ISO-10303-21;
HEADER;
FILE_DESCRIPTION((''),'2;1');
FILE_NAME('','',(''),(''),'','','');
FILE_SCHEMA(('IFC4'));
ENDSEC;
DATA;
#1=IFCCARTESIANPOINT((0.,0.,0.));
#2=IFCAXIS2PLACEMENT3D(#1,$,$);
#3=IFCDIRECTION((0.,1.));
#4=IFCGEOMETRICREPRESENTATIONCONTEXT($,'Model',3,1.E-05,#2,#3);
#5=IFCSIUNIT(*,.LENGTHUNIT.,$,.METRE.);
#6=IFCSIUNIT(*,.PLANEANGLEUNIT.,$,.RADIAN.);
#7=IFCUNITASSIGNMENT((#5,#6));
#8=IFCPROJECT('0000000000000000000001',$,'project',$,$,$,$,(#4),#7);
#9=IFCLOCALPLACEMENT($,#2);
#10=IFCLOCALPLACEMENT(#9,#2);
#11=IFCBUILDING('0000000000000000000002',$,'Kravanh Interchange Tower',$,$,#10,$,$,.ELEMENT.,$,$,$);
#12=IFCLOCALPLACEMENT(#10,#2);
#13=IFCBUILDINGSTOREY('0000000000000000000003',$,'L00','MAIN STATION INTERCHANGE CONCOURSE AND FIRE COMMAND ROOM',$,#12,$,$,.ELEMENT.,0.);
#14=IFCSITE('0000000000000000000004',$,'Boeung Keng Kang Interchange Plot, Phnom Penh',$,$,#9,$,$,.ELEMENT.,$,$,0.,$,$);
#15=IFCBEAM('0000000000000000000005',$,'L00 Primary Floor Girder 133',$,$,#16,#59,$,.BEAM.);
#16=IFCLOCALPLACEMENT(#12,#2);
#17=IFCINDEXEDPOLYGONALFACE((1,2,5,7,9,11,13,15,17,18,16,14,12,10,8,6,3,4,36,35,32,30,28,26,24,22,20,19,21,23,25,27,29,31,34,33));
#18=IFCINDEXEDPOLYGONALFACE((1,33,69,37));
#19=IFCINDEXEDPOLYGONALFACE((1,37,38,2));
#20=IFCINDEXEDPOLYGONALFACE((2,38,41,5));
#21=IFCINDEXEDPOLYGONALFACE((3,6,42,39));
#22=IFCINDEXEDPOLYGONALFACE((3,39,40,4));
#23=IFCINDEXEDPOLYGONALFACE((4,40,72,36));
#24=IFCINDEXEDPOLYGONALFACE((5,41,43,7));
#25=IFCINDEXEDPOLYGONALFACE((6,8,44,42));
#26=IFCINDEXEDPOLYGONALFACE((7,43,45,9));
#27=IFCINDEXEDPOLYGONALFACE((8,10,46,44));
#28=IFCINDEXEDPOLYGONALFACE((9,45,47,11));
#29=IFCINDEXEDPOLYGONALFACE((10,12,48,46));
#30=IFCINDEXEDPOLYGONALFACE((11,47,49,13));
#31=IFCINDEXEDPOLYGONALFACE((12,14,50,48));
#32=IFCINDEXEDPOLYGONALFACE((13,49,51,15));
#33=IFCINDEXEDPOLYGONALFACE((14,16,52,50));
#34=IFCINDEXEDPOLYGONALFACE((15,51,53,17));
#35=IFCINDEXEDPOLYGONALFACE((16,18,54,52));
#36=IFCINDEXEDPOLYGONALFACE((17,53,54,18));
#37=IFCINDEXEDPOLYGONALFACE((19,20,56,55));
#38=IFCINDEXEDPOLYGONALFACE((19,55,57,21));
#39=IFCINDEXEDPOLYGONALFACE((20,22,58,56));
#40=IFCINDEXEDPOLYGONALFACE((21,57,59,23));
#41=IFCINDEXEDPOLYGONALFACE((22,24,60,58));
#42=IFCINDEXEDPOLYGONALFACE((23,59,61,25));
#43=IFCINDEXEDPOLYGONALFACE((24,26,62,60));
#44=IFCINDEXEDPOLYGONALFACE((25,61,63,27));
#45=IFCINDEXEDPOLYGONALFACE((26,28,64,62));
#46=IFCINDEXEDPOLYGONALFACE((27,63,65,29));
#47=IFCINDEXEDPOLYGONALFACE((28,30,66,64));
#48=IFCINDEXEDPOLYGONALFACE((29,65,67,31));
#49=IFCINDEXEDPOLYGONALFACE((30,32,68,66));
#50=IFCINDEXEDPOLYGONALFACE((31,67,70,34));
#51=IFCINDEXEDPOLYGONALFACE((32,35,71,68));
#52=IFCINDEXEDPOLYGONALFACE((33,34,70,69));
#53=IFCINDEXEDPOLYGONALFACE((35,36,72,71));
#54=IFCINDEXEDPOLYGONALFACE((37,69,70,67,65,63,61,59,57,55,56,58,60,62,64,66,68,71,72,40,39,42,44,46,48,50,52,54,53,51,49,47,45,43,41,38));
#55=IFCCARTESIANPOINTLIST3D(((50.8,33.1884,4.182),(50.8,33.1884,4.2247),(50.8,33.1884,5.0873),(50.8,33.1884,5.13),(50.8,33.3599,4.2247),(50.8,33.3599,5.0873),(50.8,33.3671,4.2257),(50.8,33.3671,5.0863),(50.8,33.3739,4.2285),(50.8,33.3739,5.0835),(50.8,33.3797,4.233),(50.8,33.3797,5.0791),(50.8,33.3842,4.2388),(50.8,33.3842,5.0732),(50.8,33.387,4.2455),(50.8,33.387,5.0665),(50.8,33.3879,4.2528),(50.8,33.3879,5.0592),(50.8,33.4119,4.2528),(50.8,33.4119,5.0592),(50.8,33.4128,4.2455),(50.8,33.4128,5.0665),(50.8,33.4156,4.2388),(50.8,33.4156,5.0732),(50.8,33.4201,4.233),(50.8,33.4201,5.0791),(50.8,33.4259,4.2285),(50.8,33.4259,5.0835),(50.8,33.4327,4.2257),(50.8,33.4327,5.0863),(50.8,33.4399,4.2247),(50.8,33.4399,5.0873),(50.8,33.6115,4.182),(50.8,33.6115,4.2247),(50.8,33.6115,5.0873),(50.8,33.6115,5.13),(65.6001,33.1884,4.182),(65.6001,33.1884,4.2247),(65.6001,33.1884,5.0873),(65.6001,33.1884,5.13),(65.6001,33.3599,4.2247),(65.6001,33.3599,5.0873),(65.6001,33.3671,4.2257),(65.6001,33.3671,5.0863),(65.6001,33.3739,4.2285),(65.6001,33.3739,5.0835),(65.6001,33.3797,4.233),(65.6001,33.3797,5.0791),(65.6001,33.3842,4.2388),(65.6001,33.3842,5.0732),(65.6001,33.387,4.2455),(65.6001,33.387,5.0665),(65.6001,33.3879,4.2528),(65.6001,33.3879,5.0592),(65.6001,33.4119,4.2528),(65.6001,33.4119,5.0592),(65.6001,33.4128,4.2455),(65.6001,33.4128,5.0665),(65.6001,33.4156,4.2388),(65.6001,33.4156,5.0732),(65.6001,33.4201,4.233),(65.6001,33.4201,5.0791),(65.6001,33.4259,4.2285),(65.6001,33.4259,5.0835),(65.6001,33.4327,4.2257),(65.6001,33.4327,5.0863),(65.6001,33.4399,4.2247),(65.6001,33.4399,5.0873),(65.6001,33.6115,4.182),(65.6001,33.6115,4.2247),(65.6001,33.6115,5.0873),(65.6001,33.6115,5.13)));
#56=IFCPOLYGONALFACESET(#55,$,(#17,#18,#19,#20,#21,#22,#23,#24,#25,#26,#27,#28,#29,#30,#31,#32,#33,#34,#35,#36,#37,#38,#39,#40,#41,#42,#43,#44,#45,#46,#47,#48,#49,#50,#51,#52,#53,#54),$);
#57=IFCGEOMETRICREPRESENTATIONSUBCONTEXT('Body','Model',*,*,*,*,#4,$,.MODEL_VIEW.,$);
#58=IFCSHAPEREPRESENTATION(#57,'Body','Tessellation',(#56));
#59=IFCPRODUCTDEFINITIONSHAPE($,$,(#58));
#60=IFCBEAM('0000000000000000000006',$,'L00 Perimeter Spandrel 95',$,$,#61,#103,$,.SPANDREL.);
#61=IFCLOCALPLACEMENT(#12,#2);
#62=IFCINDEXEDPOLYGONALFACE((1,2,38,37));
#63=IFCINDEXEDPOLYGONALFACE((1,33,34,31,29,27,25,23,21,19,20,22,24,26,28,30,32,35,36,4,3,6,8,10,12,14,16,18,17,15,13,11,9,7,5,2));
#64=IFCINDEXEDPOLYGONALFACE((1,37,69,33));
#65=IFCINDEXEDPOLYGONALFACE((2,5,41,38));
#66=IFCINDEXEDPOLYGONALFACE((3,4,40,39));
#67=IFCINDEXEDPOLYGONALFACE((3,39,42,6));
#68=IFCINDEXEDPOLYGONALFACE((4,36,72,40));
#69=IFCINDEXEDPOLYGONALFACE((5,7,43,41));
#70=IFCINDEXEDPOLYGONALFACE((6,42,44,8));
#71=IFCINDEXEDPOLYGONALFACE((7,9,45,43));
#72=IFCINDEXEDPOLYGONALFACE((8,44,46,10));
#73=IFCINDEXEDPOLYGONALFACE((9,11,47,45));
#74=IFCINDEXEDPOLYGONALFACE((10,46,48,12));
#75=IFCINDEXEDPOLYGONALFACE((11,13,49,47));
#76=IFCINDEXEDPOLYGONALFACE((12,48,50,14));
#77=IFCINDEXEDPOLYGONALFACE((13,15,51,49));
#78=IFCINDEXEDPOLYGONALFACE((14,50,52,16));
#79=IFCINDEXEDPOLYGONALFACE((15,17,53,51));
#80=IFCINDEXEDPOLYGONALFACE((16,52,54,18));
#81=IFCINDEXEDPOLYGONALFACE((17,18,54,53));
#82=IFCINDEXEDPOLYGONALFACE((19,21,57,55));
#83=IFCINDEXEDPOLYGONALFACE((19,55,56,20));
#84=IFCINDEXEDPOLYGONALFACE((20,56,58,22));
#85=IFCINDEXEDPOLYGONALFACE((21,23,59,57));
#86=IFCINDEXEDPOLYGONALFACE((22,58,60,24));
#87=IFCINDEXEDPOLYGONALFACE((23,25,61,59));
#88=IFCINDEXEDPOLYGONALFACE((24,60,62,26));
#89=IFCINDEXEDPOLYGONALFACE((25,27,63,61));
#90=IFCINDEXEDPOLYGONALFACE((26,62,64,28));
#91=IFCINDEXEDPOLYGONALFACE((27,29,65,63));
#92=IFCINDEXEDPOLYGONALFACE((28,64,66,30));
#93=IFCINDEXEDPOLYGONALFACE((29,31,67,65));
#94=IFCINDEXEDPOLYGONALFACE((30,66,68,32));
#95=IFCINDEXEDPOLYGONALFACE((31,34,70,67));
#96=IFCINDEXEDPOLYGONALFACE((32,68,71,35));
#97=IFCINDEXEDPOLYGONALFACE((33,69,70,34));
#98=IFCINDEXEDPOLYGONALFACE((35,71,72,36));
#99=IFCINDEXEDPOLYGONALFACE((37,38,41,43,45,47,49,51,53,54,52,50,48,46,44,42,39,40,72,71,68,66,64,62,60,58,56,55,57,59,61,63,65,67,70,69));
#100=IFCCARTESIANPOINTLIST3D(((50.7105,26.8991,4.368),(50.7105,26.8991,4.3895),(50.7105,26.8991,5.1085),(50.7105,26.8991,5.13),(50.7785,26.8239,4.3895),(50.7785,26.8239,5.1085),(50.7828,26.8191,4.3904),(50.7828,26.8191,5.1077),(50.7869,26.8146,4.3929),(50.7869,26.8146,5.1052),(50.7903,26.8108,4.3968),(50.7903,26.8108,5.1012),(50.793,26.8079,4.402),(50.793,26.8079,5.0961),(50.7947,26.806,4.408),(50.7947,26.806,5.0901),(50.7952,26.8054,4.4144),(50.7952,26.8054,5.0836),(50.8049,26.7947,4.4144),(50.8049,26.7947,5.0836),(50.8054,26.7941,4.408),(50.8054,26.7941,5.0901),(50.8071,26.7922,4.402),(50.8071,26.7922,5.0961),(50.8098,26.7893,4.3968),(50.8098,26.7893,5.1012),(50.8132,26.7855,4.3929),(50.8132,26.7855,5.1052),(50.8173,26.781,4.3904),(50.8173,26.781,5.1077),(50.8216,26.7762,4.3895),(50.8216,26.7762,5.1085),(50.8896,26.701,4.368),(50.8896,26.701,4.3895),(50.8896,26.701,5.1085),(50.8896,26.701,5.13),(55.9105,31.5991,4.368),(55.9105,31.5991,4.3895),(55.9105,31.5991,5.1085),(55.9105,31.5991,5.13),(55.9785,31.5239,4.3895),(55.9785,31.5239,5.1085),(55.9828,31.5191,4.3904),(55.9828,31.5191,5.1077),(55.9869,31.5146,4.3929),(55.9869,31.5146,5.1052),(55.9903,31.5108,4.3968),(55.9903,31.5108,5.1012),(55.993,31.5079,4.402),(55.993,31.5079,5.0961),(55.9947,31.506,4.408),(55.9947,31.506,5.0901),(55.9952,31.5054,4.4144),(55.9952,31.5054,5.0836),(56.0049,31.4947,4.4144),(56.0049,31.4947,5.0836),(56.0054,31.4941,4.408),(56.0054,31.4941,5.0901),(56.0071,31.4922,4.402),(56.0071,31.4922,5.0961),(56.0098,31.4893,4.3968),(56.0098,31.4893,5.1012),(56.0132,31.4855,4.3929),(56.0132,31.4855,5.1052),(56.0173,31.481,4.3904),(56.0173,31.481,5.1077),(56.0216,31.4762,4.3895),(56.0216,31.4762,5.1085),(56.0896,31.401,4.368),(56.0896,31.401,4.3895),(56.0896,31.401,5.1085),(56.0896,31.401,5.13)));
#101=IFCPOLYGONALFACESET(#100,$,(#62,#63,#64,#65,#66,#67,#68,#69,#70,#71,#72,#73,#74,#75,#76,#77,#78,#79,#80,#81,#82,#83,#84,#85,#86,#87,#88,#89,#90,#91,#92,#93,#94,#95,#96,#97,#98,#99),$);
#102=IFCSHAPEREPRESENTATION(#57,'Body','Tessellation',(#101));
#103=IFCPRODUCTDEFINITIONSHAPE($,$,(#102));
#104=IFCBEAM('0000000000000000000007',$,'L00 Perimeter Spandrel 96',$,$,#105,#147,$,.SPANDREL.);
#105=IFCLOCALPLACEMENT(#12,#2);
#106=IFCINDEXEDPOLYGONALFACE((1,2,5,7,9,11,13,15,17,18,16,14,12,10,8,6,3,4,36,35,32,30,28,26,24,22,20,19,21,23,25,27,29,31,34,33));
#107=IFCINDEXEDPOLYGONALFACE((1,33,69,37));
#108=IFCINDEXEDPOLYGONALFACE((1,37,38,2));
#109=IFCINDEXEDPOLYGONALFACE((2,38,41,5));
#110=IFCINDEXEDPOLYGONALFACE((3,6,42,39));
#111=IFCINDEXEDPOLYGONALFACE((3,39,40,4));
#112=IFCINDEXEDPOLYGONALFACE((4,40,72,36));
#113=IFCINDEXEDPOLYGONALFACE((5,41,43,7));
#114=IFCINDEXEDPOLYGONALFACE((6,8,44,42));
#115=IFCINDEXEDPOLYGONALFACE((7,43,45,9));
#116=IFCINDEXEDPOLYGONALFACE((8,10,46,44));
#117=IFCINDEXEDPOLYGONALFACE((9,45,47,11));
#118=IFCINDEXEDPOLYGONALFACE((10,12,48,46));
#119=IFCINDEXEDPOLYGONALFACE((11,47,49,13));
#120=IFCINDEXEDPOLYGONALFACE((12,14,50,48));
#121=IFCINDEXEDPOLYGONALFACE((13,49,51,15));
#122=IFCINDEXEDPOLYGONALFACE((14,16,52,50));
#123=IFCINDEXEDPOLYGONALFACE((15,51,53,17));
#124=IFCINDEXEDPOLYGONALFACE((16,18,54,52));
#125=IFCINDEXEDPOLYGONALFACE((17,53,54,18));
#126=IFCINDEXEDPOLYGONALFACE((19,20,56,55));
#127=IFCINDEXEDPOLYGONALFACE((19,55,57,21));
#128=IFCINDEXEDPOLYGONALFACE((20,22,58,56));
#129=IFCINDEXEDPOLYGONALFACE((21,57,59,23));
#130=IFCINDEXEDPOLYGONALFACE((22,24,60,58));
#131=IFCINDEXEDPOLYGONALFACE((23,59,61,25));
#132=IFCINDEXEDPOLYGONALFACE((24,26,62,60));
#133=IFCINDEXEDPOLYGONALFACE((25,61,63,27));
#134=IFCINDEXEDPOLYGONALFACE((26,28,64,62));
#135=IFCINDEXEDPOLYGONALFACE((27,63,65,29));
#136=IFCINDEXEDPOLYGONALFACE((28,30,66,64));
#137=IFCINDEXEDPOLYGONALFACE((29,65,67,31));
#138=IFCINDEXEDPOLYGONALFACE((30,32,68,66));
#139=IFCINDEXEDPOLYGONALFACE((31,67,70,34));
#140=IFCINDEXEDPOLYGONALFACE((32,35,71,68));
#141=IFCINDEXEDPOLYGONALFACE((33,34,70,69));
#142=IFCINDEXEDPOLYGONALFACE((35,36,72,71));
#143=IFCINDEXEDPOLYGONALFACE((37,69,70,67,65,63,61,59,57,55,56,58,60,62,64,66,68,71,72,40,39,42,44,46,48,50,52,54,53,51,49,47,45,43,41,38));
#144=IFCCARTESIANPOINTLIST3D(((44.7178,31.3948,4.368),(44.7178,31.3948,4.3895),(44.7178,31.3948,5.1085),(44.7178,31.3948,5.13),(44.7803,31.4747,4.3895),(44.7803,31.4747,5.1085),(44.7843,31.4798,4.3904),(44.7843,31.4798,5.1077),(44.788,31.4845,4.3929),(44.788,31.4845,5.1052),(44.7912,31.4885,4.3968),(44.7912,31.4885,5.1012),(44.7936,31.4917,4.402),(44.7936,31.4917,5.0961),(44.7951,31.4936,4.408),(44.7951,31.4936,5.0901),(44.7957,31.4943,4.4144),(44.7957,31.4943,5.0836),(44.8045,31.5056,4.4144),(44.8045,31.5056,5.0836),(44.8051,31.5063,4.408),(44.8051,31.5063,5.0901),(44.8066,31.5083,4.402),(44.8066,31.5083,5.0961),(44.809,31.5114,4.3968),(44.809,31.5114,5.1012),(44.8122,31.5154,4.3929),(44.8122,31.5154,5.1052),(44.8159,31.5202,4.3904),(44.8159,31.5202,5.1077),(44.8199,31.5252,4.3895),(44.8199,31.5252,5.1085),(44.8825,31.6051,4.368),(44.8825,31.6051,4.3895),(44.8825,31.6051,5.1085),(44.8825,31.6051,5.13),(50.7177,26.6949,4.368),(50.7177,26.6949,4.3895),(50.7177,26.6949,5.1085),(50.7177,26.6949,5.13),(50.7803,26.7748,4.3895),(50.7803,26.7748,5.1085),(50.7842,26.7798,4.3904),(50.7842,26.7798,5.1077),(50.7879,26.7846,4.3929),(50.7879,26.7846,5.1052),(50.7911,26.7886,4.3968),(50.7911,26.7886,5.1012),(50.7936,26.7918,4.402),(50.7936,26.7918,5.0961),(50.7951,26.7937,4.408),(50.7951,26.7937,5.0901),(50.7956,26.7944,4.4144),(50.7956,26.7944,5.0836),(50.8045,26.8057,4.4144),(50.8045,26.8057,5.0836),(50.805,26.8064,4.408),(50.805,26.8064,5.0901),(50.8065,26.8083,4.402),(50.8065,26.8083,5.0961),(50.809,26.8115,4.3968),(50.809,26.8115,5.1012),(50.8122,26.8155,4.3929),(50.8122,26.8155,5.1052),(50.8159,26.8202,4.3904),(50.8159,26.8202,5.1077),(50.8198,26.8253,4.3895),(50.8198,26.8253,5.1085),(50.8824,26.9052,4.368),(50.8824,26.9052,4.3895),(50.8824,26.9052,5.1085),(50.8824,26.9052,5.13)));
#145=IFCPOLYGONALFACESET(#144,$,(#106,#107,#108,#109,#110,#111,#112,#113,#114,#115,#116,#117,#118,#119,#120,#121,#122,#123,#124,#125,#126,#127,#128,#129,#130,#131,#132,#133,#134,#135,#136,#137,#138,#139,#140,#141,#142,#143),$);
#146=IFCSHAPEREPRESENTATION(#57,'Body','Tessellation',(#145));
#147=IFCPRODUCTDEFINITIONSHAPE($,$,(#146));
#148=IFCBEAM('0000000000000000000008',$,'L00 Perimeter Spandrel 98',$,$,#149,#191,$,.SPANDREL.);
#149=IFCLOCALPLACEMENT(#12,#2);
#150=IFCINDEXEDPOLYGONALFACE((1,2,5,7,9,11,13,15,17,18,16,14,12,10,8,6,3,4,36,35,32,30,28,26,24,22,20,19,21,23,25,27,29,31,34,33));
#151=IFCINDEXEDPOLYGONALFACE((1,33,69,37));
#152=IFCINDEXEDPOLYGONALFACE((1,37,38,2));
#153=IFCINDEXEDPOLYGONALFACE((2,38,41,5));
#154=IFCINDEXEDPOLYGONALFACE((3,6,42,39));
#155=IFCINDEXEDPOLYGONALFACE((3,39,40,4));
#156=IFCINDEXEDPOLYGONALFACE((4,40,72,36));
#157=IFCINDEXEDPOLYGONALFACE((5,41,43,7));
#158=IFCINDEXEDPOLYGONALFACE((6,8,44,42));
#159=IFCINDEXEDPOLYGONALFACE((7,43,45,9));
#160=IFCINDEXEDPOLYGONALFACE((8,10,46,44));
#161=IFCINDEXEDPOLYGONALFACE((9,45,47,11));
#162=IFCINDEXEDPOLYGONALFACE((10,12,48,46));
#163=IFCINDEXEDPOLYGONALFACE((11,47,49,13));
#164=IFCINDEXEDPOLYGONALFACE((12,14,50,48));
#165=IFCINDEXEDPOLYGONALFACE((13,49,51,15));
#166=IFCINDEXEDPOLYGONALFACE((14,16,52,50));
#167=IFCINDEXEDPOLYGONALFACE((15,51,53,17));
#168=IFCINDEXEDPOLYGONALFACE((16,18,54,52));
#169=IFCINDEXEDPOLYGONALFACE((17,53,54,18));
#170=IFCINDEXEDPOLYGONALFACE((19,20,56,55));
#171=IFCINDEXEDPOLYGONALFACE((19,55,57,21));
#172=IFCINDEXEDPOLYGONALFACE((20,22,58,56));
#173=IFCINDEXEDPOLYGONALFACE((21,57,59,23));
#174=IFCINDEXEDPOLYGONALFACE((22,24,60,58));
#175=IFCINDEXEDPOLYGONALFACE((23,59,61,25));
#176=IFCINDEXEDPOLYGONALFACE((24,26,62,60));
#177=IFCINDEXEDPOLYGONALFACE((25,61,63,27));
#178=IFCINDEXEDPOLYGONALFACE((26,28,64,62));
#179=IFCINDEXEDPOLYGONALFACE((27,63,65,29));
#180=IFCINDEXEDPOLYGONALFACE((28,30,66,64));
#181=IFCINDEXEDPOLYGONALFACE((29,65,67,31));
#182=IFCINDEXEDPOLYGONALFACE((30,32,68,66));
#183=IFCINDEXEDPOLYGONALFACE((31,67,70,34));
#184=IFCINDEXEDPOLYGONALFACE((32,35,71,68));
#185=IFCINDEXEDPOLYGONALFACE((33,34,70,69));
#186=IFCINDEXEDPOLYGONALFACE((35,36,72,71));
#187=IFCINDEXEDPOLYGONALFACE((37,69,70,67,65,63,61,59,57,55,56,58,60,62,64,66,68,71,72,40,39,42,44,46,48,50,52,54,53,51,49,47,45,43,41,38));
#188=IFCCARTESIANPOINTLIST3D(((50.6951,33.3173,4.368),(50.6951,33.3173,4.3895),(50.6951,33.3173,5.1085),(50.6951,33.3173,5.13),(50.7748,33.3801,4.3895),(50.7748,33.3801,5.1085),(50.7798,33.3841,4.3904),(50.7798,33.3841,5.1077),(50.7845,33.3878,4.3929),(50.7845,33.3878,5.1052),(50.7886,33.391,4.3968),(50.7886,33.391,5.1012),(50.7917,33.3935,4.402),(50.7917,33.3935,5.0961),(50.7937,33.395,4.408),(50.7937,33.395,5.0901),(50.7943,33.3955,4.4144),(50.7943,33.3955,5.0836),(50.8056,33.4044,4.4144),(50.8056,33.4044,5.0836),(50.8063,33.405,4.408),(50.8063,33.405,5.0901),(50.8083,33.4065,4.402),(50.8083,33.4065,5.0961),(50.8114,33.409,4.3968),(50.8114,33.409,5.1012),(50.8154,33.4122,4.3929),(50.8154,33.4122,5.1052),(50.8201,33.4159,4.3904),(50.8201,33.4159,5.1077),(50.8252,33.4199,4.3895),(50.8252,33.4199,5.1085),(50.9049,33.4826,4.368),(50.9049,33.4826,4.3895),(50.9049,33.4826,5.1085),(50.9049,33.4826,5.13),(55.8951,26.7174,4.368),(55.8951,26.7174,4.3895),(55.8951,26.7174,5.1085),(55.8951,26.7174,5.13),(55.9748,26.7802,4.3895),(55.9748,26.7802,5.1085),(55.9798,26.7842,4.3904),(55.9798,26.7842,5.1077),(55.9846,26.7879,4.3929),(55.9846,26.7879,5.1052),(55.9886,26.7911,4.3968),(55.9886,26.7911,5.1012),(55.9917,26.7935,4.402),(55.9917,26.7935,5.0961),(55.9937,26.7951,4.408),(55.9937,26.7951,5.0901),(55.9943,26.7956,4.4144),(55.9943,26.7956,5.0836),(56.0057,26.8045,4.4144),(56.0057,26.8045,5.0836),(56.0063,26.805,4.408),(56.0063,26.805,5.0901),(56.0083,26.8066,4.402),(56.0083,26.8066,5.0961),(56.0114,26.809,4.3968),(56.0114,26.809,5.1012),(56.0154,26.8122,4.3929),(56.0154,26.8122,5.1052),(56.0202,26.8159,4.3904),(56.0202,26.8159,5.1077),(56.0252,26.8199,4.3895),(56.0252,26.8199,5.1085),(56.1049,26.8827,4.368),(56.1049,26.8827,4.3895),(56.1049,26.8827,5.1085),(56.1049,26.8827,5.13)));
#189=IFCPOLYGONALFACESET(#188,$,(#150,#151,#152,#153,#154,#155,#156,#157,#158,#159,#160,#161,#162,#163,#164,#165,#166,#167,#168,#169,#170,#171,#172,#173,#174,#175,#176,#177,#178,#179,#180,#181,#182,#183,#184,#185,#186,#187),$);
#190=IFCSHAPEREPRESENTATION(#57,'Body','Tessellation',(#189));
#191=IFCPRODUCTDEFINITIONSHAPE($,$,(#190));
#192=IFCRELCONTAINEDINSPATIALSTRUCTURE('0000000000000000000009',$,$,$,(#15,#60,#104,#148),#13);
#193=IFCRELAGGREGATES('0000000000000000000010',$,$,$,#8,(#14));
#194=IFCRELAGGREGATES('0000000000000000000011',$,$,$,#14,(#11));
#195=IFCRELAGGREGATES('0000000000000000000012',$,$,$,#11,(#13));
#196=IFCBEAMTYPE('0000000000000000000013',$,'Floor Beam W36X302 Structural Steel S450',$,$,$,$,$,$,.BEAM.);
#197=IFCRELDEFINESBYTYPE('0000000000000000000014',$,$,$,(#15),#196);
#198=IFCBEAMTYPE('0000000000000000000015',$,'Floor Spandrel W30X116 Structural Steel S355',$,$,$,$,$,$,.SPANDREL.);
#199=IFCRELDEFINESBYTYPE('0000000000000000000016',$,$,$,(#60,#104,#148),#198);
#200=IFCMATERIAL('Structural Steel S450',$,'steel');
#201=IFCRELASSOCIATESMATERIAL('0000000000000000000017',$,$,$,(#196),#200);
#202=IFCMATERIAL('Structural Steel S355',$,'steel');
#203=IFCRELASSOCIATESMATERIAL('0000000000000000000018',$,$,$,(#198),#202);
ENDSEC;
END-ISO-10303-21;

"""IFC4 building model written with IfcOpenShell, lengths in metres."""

from ifc_helpers import new_model, si_unit, direction, frame, origin, origin_2d, place, context, subcontext, project, spatial, i_section, extrude, material, material_profile, profile_set, type_object, element, save


model = new_model("IFC4")

# Units and contexts
model_context = context("Model", 3, precision=1e-05, world=origin(), true_north=direction((0.0, 1.0)))
body_context = subcontext(model_context, "Body", "Model", "MODEL_VIEW")
ifc_project = project(units=[si_unit("LENGTHUNIT", "METRE"), si_unit("PLANEANGLEUNIT", "RADIAN")], contexts=[model_context])

# Site, building, storey
site_placement = place(None, origin())
site = spatial("IfcSite", under=ifc_project, at=site_placement, Name="Boeung Keng Kang Interchange Plot, Phnom Penh", CompositionType="ELEMENT", RefElevation=0.0)
building_placement = place(site_placement, origin())
building = spatial("IfcBuilding", under=site, at=building_placement, Name="Kravanh Interchange Tower", CompositionType="ELEMENT")
storey_placement = place(building_placement, origin())
storey = spatial("IfcBuildingStorey", under=building, at=storey_placement, Name="L00", Description="MAIN STATION INTERCHANGE CONCOURSE AND FIRE COMMAND ROOM", CompositionType="ELEMENT", Elevation=0.0)

# Beams
ifc_material_1 = material(Name="Structural Steel S450", Category="steel")
ifc_material_profile_1 = material_profile(ifc_material_1, i_section(OverallWidth=0.4231, OverallDepth=0.948, WebThickness=0.0239, FlangeThickness=0.0427, FilletRadius=0.0281, at=origin_2d()), Name="W36X302")
ifc_profile_set_1 = profile_set([ifc_material_profile_1], Name="Structural Steel S450")
beam_type_1 = type_object("IfcBeamType", Name="Floor Beam W36X302 Structural Steel S450", PredefinedType="BEAM", material=ifc_profile_set_1)
beam_1_placement = place(storey_placement, frame((50.8, 33.3999, 4.656), z_axis=(1.0, 0.0, 0.0), x_axis=(0.0, 1.0, 0.0)))
element("IfcBeam", 1, at=beam_1_placement, inside=storey, type_object=beam_type_1, Name="L00 Primary Floor Girder 133", PredefinedType="BEAM", context=body_context, shape_type="SweptSolid", body=[
    extrude(i_section(OverallWidth=0.4231, OverallDepth=0.948, WebThickness=0.0239, FlangeThickness=0.0427, FilletRadius=0.0281, at=origin_2d()), origin(), (0.0, 0.0, 1.0), 14.8),
])
ifc_material_2 = material(Name="Structural Steel S355", Category="steel")
ifc_material_profile_2 = material_profile(ifc_material_2, i_section(OverallWidth=0.2671, OverallDepth=0.762, WebThickness=0.0144, FlangeThickness=0.0215, FilletRadius=0.0249, at=origin_2d()), Name="W30X116")
ifc_profile_set_2 = profile_set([ifc_material_profile_2], Name="Structural Steel S355")
beam_type_2 = type_object("IfcBeamType", Name="Floor Spandrel W30X116 Structural Steel S355", PredefinedType="SPANDREL", material=ifc_profile_set_2)
beam_2_placement = place(storey_placement, frame((50.8, 26.8, 4.749), z_axis=(0.741874, 0.670539, 0.0), x_axis=(-0.670539, 0.741874, 0.0)))
element("IfcBeam", 2, at=beam_2_placement, inside=storey, type_object=beam_type_2, Name="L00 Perimeter Spandrel 95", PredefinedType="SPANDREL", context=body_context, shape_type="SweptSolid", body=[
    extrude(i_section(OverallWidth=0.2671, OverallDepth=0.762, WebThickness=0.0144, FlangeThickness=0.0215, FilletRadius=0.0249, at=origin_2d()), origin(), (0.0, 0.0, 1.0), 7.0093),
])
beam_3_placement = place(storey_placement, frame((50.8, 26.8, 4.749), z_axis=(-0.787231, 0.616658, 0.0), x_axis=(-0.616658, -0.787231, 0.0)))
element("IfcBeam", 3, at=beam_3_placement, inside=storey, type_object=beam_type_2, Name="L00 Perimeter Spandrel 96", PredefinedType="SPANDREL", context=body_context, shape_type="SweptSolid", body=[
    extrude(i_section(OverallWidth=0.2671, OverallDepth=0.762, WebThickness=0.0144, FlangeThickness=0.0215, FilletRadius=0.0249, at=origin_2d()), origin(), (0.0, 0.0, 1.0), 7.6216),
])
beam_4_placement = place(storey_placement, frame((56.0, 26.8, 4.749), z_axis=(-0.618877, 0.785488, 0.0), x_axis=(-0.785488, -0.618877, 0.0)))
element("IfcBeam", 4, at=beam_4_placement, inside=storey, type_object=beam_type_2, Name="L00 Perimeter Spandrel 98", PredefinedType="SPANDREL", context=body_context, shape_type="SweptSolid", body=[
    extrude(i_section(OverallWidth=0.2671, OverallDepth=0.762, WebThickness=0.0144, FlangeThickness=0.0215, FilletRadius=0.0249, at=origin_2d()), origin(), (0.0, 0.0, 1.0), 8.4023),
])

save(model, "model.ifc")
